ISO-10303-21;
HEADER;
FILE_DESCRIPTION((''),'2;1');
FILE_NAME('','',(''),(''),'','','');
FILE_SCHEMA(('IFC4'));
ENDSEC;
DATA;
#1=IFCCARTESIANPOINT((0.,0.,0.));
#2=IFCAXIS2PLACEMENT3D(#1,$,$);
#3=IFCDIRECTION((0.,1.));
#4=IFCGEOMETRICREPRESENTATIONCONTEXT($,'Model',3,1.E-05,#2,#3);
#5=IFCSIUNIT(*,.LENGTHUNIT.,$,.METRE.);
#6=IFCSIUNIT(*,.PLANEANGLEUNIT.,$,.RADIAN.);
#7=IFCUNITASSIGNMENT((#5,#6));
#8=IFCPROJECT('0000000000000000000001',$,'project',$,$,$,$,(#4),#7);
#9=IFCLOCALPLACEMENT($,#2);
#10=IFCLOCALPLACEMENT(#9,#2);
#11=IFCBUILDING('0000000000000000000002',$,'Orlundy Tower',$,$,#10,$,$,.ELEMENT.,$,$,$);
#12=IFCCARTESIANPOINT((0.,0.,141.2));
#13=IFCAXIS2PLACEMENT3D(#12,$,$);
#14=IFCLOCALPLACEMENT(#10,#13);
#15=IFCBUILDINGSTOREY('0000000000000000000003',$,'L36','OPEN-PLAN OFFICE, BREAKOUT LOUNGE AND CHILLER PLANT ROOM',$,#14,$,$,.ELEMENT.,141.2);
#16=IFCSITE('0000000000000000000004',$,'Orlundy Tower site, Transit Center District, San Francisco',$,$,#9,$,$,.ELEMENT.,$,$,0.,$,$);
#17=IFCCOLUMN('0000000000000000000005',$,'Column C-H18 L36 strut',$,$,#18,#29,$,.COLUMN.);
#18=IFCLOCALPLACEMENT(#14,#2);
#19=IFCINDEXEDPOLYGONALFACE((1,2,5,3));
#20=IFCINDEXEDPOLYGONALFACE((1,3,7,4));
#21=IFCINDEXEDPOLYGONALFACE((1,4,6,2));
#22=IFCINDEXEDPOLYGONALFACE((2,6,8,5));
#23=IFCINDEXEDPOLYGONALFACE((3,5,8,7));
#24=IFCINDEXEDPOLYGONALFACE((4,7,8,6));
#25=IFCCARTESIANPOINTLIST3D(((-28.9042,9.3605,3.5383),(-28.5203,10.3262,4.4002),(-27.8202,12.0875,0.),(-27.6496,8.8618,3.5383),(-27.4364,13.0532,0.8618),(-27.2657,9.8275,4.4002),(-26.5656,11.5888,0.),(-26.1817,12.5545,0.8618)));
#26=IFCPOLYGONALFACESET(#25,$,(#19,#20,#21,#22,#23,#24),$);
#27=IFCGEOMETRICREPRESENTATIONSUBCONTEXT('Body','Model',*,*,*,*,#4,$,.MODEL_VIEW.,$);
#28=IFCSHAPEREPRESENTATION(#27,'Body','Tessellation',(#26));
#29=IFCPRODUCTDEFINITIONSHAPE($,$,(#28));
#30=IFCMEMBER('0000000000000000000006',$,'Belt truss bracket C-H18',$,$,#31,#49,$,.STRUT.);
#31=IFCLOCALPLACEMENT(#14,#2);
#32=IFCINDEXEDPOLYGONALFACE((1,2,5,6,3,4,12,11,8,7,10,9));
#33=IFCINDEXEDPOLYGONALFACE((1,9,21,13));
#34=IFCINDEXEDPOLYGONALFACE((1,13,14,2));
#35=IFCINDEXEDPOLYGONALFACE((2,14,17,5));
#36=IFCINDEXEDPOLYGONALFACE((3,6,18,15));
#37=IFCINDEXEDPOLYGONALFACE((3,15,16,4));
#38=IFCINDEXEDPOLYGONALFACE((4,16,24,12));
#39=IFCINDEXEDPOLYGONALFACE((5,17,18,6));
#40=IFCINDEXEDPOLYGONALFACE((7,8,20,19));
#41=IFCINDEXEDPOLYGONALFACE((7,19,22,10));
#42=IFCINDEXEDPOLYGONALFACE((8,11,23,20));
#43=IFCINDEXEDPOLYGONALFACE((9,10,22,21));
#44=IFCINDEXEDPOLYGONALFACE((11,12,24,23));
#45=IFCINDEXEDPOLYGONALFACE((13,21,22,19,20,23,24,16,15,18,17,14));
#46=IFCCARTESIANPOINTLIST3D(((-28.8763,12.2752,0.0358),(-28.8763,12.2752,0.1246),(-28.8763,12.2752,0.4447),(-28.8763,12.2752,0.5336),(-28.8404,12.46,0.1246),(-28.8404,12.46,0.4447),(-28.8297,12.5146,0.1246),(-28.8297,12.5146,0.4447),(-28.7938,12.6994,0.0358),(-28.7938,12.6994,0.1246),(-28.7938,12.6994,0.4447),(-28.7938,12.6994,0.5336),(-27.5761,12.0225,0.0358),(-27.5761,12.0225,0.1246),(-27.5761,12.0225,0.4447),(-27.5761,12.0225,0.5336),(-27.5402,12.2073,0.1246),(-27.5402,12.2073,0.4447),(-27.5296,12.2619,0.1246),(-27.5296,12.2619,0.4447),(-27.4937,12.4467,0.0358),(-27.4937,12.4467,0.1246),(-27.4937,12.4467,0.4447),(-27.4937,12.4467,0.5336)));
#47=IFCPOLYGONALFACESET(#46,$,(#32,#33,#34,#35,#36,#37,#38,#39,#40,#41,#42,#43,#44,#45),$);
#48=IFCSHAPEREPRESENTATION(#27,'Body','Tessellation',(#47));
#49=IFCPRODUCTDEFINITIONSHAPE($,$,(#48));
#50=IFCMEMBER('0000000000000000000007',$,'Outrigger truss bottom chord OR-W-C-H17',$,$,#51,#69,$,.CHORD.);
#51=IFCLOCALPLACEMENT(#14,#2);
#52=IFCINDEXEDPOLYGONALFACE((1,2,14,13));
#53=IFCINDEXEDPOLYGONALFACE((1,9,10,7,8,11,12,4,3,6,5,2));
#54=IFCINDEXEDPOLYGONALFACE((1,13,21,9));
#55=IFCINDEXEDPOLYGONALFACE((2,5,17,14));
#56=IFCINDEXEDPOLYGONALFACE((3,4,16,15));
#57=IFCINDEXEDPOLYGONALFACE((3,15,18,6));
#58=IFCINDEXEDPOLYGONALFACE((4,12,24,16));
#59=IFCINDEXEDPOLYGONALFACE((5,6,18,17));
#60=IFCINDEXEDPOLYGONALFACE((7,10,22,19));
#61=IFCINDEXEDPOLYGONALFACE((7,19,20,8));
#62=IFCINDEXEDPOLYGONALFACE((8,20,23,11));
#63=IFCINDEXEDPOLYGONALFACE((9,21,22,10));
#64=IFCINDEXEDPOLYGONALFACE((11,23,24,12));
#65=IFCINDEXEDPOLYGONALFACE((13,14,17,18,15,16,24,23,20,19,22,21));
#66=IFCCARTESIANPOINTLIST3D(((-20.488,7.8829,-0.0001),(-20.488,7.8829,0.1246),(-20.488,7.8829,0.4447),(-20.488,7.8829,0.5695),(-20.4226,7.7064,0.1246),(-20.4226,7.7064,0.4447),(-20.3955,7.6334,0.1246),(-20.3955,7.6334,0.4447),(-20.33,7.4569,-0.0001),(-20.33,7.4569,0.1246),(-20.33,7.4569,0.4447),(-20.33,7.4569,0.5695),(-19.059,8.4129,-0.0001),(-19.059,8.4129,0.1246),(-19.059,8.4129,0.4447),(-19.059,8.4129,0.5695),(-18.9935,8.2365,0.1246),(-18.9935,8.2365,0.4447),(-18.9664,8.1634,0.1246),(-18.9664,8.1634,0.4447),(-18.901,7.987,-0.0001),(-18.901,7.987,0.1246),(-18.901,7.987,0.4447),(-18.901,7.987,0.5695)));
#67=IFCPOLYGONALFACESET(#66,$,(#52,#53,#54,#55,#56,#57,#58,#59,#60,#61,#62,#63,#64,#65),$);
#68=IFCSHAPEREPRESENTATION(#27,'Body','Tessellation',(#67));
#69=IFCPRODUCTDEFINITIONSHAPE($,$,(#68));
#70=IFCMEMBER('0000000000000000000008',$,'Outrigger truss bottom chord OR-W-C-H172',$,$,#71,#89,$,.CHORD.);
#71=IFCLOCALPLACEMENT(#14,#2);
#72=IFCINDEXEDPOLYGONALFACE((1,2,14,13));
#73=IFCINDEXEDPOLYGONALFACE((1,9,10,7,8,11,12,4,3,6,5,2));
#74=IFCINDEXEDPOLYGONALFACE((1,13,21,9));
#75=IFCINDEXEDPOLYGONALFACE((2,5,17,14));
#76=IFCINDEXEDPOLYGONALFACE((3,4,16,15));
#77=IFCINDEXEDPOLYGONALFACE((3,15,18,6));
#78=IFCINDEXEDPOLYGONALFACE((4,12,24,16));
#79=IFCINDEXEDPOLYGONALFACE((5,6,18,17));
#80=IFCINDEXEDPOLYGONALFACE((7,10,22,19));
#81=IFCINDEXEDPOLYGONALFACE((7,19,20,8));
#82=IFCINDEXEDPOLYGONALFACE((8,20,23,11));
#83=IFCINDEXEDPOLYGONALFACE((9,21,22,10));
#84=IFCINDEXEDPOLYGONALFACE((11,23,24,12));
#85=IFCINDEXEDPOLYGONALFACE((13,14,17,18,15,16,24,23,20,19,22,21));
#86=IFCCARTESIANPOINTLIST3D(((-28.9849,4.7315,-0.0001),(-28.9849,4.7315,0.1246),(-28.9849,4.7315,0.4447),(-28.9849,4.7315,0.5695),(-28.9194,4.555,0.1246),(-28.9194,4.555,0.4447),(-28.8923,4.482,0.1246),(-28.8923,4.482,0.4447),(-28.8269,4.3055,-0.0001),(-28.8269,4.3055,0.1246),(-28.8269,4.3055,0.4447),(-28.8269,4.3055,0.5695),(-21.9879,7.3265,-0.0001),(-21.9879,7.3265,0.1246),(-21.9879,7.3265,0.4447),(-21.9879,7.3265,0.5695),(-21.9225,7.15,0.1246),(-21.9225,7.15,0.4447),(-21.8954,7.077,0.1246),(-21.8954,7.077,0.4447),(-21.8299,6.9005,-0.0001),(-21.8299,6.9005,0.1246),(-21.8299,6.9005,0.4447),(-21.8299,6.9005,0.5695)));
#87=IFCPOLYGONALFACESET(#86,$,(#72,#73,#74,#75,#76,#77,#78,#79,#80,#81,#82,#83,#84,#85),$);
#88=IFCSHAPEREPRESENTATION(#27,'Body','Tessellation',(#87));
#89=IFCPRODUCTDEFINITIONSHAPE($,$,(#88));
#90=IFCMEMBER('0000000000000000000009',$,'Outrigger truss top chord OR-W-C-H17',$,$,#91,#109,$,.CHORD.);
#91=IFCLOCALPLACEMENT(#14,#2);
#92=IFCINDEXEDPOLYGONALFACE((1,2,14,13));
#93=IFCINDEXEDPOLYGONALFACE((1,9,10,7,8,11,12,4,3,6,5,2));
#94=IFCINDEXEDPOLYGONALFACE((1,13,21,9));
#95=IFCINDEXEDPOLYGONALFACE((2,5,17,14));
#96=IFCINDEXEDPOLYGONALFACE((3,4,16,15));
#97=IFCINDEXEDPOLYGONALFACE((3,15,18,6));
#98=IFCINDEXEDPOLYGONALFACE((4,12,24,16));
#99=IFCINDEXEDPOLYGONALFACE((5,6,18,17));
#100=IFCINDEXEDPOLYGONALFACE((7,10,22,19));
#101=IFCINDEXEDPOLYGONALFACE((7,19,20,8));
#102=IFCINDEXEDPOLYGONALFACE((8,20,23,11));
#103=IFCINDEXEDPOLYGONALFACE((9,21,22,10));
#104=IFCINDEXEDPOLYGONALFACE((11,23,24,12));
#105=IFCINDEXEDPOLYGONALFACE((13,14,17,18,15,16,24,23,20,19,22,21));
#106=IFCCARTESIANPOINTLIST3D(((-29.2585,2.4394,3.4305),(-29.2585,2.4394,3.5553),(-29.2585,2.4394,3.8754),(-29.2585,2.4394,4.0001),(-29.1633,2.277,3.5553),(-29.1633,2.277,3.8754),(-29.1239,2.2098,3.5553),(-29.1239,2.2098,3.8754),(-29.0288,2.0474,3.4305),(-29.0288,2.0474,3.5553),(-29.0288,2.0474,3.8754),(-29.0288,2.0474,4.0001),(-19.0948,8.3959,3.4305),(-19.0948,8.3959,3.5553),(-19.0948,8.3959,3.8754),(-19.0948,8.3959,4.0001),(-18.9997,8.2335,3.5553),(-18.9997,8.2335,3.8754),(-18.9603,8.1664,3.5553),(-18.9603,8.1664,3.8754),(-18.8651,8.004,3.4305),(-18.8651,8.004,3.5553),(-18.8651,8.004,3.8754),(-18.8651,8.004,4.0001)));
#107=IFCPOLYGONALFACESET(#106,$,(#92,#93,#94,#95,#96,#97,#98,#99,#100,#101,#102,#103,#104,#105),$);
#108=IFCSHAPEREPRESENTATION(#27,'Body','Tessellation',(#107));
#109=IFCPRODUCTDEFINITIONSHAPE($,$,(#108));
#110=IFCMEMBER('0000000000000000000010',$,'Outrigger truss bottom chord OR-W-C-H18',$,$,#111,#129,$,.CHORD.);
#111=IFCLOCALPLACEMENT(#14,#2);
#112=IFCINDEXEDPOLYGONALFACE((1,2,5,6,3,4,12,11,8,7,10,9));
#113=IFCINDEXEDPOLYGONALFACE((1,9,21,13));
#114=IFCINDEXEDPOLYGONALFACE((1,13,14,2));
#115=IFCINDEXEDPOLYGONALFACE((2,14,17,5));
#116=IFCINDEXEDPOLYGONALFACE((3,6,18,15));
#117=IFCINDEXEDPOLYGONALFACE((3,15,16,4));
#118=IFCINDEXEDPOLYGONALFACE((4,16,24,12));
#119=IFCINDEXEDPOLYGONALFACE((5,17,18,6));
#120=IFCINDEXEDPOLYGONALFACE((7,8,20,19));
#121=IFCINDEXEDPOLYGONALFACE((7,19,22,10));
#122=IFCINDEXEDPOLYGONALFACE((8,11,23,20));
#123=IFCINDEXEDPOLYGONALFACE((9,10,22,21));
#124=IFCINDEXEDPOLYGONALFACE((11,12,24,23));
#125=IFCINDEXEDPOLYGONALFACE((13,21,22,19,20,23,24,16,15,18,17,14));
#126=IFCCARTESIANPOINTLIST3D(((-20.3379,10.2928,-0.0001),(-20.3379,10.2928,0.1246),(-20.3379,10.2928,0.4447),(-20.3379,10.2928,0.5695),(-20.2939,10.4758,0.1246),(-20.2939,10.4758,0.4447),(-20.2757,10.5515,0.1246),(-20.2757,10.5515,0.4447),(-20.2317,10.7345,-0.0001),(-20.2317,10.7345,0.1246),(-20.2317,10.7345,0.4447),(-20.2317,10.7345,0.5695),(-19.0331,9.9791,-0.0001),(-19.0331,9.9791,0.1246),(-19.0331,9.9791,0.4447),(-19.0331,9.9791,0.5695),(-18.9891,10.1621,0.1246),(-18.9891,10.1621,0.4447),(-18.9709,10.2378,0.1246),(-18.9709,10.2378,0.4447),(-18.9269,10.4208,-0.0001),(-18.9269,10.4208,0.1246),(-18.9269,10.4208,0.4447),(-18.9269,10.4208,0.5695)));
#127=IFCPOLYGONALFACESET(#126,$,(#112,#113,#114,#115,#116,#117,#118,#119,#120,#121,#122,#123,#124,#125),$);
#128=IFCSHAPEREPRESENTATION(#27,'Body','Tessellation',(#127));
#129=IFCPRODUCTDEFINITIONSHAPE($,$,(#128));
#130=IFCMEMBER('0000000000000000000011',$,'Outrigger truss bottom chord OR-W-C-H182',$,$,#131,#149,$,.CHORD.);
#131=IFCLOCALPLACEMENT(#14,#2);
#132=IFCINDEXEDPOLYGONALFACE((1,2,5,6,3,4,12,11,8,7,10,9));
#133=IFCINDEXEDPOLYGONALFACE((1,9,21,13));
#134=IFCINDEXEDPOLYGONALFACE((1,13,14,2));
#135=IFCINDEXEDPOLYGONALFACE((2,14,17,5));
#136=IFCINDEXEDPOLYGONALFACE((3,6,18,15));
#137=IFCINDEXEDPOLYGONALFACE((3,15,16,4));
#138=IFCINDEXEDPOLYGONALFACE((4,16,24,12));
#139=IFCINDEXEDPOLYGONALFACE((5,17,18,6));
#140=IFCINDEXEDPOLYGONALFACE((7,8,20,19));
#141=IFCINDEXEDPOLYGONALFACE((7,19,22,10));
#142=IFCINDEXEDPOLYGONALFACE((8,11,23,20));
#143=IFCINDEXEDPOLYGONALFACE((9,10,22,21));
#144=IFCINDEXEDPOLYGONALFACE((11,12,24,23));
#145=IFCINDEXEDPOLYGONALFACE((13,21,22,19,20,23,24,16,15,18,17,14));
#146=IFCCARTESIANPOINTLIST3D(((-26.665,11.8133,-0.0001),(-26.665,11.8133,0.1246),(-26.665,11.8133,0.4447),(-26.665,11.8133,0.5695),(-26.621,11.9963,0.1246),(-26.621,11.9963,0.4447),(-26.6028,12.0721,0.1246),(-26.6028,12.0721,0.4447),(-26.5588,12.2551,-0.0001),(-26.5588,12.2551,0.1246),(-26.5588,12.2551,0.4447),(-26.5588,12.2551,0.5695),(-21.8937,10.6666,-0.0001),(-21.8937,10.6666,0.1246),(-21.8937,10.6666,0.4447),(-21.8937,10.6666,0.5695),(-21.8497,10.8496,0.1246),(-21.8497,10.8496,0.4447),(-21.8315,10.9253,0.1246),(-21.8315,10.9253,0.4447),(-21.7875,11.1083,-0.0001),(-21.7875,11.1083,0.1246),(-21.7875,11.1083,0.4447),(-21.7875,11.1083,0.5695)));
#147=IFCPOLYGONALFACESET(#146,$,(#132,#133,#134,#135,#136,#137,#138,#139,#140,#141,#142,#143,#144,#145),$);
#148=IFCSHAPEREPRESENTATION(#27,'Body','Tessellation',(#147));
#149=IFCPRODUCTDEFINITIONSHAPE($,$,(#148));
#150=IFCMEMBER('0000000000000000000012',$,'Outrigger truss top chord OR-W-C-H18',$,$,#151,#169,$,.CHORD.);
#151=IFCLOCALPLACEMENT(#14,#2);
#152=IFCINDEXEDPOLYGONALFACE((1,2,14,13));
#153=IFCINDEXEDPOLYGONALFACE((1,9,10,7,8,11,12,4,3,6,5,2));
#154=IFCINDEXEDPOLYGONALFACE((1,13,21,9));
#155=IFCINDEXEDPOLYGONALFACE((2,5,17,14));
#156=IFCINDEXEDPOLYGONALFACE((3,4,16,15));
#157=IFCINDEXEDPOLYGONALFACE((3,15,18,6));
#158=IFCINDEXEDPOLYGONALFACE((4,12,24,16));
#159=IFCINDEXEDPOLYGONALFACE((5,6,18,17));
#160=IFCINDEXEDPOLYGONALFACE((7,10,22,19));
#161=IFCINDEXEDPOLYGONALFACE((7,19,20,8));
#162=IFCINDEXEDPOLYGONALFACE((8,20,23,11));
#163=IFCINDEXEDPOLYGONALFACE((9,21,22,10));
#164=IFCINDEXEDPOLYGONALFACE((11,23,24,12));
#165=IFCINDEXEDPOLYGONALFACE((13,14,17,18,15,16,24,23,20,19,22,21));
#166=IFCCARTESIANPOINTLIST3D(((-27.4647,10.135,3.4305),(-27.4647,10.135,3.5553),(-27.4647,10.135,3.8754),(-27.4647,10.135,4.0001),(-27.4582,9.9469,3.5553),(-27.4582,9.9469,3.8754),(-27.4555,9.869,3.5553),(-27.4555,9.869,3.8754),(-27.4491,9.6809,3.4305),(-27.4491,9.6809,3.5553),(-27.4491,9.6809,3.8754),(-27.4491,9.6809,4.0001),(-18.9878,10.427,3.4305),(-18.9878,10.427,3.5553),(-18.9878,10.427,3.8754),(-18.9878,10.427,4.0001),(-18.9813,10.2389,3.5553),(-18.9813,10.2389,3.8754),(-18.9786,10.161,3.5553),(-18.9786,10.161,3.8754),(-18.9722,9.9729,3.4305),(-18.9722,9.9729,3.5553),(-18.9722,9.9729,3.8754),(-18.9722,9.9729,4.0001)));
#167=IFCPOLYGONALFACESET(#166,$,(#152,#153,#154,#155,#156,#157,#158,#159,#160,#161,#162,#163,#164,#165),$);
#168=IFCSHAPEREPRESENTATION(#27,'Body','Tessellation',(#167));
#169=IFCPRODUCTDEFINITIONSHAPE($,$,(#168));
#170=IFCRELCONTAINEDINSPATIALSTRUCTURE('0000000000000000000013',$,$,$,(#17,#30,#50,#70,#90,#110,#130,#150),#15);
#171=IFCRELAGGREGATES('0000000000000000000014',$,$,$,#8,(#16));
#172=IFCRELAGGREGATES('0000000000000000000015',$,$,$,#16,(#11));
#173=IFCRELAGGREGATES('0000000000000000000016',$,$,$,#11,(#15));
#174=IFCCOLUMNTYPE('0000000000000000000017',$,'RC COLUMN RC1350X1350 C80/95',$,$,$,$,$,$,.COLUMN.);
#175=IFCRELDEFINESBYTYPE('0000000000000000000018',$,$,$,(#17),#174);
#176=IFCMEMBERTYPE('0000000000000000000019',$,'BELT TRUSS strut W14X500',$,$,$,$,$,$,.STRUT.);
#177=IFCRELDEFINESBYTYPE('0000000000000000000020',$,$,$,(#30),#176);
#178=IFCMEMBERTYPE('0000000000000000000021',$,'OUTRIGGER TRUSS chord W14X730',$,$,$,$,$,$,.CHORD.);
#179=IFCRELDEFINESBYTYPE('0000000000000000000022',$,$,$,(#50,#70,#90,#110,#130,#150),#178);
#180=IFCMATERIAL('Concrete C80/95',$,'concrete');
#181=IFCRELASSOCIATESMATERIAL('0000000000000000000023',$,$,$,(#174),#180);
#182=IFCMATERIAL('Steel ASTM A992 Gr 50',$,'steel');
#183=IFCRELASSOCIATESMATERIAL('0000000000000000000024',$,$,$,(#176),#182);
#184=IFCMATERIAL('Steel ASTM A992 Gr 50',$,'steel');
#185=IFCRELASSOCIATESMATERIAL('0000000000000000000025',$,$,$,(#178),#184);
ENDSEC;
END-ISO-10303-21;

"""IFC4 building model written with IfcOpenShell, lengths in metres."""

from ifc_helpers import new_model, si_unit, direction, frame, origin, origin_2d, place, context, subcontext, project, spatial, rectangle, i_section, extrude, material, material_profile, profile_set, type_object, element, save


model = new_model("IFC4")

# Units and contexts
model_context = context("Model", 3, precision=1e-05, world=origin(), true_north=direction((0.0, 1.0)))
body_context = subcontext(model_context, "Body", "Model", "MODEL_VIEW")
ifc_project = project(units=[si_unit("LENGTHUNIT", "METRE"), si_unit("PLANEANGLEUNIT", "RADIAN")], contexts=[model_context])

# Site, building, storey
site_placement = place(None, origin())
site = spatial("IfcSite", under=ifc_project, at=site_placement, Name="Orlundy Tower site, Transit Center District, San Francisco", CompositionType="ELEMENT", RefElevation=0.0)
building_placement = place(site_placement, origin())
building = spatial("IfcBuilding", under=site, at=building_placement, Name="Orlundy Tower", CompositionType="ELEMENT")
storey_placement = place(building_placement, frame((0.0, 0.0, 141.2)))
storey = spatial("IfcBuildingStorey", under=building, at=storey_placement, Name="L36", Description="OPEN-PLAN OFFICE, BREAKOUT LOUNGE AND CHILLER PLANT ROOM", CompositionType="ELEMENT", Elevation=141.2)

# Column
ifc_material_1 = material(Name="Concrete C80/95", Category="concrete")
ifc_material_profile_1 = material_profile(ifc_material_1, rectangle(XDim=1.3501, YDim=1.3501, at=origin_2d()), Name="RC1350X1350")
ifc_profile_set_1 = profile_set([ifc_material_profile_1], Name="Concrete C80/95")
column_type = type_object("IfcColumnType", Name="RC COLUMN RC1350X1350 C80/95", PredefinedType="COLUMN", material=ifc_profile_set_1)
column_placement = place(storey_placement, frame((-27.001, 12.321, 0.4309), z_axis=(-0.235807, -0.593235, 0.769719), x_axis=(0.929278, -0.369382, 0.0)))
element("IfcColumn", 1, at=column_placement, inside=storey, type_object=column_type, Name="Column C-H18 L36 strut", PredefinedType="COLUMN", context=body_context, shape_type="SweptSolid", body=[
    extrude(rectangle(XDim=1.3501, YDim=1.3501, at=origin_2d()), origin(), (0.0, 0.0, 1.0), 4.5969),
])

# Members
ifc_material_2 = material(Name="Steel ASTM A992 Gr 50", Category="steel")
ifc_material_profile_2 = material_profile(ifc_material_2, i_section(OverallWidth=0.4321, OverallDepth=0.4978, WebThickness=0.0557, FlangeThickness=0.0889, at=origin_2d()), Name="W14X500")
ifc_profile_set_2 = profile_set([ifc_material_profile_2], Name="Steel ASTM A992 Gr 50")
member_type_1 = type_object("IfcMemberType", Name="BELT TRUSS strut W14X500", PredefinedType="STRUT", material=ifc_profile_set_2)
member_1_placement = place(storey_placement, frame((-27.5349, 12.2346, 0.2847), z_axis=(-0.98163, 0.190796, 0.0), x_axis=(-0.190796, -0.98163, 0.0)))
element("IfcMember", 2, at=member_1_placement, inside=storey, type_object=member_type_1, Name="Belt truss bracket C-H18", PredefinedType="STRUT", context=body_context, shape_type="SweptSolid", body=[
    extrude(i_section(OverallWidth=0.4321, OverallDepth=0.4978, WebThickness=0.0557, FlangeThickness=0.0889, at=origin_2d()), origin(), (0.0, 0.0, 1.0), 1.3245),
])
ifc_material_3 = material(Name="Steel ASTM A992 Gr 50", Category="steel")
ifc_material_profile_3 = material_profile(ifc_material_3, i_section(OverallWidth=0.4543, OverallDepth=0.5696, WebThickness=0.0779, FlangeThickness=0.1248, at=origin_2d()), Name="W14X730")
ifc_profile_set_3 = profile_set([ifc_material_profile_3], Name="Steel ASTM A992 Gr 50")
member_type_2 = type_object("IfcMemberType", Name="OUTRIGGER TRUSS chord W14X730", PredefinedType="CHORD", material=ifc_profile_set_3)
member_2_placement = place(storey_placement, frame((-18.98, 8.2, 0.2847), z_axis=(-0.937581, -0.347768, 0.0), x_axis=(0.347768, -0.937581, 0.0)))
element("IfcMember", 3, at=member_2_placement, inside=storey, type_object=member_type_2, Name="Outrigger truss bottom chord OR-W-C-H17", PredefinedType="CHORD", context=body_context, shape_type="SweptSolid", body=[
    extrude(i_section(OverallWidth=0.4543, OverallDepth=0.5696, WebThickness=0.0779, FlangeThickness=0.1248, at=origin_2d()), origin(), (0.0, 0.0, 1.0), 1.5242),
])
member_3_placement = place(storey_placement, frame((-21.9089, 7.1135, 0.2847), z_axis=(-0.937594, -0.347733, 0.0), x_axis=(0.347733, -0.937594, 0.0)))
element("IfcMember", 4, at=member_3_placement, inside=storey, type_object=member_type_2, Name="Outrigger truss bottom chord OR-W-C-H172", PredefinedType="CHORD", context=body_context, shape_type="SweptSolid", body=[
    extrude(i_section(OverallWidth=0.4543, OverallDepth=0.5696, WebThickness=0.0779, FlangeThickness=0.1248, at=origin_2d()), origin(), (0.0, 0.0, 1.0), 7.4626),
])
member_4_placement = place(storey_placement, frame((-18.98, 8.2, 3.7153), z_axis=(-0.86275, -0.50563, 0.0), x_axis=(0.50563, -0.86275, 0.0)))
element("IfcMember", 5, at=member_4_placement, inside=storey, type_object=member_type_2, Name="Outrigger truss top chord OR-W-C-H17", PredefinedType="CHORD", context=body_context, shape_type="SweptSolid", body=[
    extrude(i_section(OverallWidth=0.4543, OverallDepth=0.5696, WebThickness=0.0779, FlangeThickness=0.1248, at=origin_2d()), origin(), (0.0, 0.0, 1.0), 11.7805),
])
member_5_placement = place(storey_placement, frame((-18.98, 10.2, 0.2847), z_axis=(-0.972296, 0.233751, 0.0), x_axis=(-0.233751, -0.972296, 0.0)))
element("IfcMember", 6, at=member_5_placement, inside=storey, type_object=member_type_2, Name="Outrigger truss bottom chord OR-W-C-H18", PredefinedType="CHORD", context=body_context, shape_type="SweptSolid", body=[
    extrude(i_section(OverallWidth=0.4543, OverallDepth=0.5696, WebThickness=0.0779, FlangeThickness=0.1248, at=origin_2d()), origin(), (0.0, 0.0, 1.0), 1.342),
])
member_6_placement = place(storey_placement, frame((-21.8406, 10.8875, 0.2847), z_axis=(-0.972312, 0.233687, 0.0), x_axis=(-0.233687, -0.972312, 0.0)))
element("IfcMember", 7, at=member_6_placement, inside=storey, type_object=member_type_2, Name="Outrigger truss bottom chord OR-W-C-H182", PredefinedType="CHORD", context=body_context, shape_type="SweptSolid", body=[
    extrude(i_section(OverallWidth=0.4543, OverallDepth=0.5696, WebThickness=0.0779, FlangeThickness=0.1248, at=origin_2d()), origin(), (0.0, 0.0, 1.0), 4.9072),
])
member_7_placement = place(storey_placement, frame((-18.98, 10.2, 3.7153), z_axis=(-0.999407, -0.034426, 0.0), x_axis=(0.034426, -0.999407, 0.0)))
element("IfcMember", 8, at=member_7_placement, inside=storey, type_object=member_type_2, Name="Outrigger truss top chord OR-W-C-H18", PredefinedType="CHORD", context=body_context, shape_type="SweptSolid", body=[
    extrude(i_section(OverallWidth=0.4543, OverallDepth=0.5696, WebThickness=0.0779, FlangeThickness=0.1248, at=origin_2d()), origin(), (0.0, 0.0, 1.0), 8.4819),
])

save(model, "model.ifc")
